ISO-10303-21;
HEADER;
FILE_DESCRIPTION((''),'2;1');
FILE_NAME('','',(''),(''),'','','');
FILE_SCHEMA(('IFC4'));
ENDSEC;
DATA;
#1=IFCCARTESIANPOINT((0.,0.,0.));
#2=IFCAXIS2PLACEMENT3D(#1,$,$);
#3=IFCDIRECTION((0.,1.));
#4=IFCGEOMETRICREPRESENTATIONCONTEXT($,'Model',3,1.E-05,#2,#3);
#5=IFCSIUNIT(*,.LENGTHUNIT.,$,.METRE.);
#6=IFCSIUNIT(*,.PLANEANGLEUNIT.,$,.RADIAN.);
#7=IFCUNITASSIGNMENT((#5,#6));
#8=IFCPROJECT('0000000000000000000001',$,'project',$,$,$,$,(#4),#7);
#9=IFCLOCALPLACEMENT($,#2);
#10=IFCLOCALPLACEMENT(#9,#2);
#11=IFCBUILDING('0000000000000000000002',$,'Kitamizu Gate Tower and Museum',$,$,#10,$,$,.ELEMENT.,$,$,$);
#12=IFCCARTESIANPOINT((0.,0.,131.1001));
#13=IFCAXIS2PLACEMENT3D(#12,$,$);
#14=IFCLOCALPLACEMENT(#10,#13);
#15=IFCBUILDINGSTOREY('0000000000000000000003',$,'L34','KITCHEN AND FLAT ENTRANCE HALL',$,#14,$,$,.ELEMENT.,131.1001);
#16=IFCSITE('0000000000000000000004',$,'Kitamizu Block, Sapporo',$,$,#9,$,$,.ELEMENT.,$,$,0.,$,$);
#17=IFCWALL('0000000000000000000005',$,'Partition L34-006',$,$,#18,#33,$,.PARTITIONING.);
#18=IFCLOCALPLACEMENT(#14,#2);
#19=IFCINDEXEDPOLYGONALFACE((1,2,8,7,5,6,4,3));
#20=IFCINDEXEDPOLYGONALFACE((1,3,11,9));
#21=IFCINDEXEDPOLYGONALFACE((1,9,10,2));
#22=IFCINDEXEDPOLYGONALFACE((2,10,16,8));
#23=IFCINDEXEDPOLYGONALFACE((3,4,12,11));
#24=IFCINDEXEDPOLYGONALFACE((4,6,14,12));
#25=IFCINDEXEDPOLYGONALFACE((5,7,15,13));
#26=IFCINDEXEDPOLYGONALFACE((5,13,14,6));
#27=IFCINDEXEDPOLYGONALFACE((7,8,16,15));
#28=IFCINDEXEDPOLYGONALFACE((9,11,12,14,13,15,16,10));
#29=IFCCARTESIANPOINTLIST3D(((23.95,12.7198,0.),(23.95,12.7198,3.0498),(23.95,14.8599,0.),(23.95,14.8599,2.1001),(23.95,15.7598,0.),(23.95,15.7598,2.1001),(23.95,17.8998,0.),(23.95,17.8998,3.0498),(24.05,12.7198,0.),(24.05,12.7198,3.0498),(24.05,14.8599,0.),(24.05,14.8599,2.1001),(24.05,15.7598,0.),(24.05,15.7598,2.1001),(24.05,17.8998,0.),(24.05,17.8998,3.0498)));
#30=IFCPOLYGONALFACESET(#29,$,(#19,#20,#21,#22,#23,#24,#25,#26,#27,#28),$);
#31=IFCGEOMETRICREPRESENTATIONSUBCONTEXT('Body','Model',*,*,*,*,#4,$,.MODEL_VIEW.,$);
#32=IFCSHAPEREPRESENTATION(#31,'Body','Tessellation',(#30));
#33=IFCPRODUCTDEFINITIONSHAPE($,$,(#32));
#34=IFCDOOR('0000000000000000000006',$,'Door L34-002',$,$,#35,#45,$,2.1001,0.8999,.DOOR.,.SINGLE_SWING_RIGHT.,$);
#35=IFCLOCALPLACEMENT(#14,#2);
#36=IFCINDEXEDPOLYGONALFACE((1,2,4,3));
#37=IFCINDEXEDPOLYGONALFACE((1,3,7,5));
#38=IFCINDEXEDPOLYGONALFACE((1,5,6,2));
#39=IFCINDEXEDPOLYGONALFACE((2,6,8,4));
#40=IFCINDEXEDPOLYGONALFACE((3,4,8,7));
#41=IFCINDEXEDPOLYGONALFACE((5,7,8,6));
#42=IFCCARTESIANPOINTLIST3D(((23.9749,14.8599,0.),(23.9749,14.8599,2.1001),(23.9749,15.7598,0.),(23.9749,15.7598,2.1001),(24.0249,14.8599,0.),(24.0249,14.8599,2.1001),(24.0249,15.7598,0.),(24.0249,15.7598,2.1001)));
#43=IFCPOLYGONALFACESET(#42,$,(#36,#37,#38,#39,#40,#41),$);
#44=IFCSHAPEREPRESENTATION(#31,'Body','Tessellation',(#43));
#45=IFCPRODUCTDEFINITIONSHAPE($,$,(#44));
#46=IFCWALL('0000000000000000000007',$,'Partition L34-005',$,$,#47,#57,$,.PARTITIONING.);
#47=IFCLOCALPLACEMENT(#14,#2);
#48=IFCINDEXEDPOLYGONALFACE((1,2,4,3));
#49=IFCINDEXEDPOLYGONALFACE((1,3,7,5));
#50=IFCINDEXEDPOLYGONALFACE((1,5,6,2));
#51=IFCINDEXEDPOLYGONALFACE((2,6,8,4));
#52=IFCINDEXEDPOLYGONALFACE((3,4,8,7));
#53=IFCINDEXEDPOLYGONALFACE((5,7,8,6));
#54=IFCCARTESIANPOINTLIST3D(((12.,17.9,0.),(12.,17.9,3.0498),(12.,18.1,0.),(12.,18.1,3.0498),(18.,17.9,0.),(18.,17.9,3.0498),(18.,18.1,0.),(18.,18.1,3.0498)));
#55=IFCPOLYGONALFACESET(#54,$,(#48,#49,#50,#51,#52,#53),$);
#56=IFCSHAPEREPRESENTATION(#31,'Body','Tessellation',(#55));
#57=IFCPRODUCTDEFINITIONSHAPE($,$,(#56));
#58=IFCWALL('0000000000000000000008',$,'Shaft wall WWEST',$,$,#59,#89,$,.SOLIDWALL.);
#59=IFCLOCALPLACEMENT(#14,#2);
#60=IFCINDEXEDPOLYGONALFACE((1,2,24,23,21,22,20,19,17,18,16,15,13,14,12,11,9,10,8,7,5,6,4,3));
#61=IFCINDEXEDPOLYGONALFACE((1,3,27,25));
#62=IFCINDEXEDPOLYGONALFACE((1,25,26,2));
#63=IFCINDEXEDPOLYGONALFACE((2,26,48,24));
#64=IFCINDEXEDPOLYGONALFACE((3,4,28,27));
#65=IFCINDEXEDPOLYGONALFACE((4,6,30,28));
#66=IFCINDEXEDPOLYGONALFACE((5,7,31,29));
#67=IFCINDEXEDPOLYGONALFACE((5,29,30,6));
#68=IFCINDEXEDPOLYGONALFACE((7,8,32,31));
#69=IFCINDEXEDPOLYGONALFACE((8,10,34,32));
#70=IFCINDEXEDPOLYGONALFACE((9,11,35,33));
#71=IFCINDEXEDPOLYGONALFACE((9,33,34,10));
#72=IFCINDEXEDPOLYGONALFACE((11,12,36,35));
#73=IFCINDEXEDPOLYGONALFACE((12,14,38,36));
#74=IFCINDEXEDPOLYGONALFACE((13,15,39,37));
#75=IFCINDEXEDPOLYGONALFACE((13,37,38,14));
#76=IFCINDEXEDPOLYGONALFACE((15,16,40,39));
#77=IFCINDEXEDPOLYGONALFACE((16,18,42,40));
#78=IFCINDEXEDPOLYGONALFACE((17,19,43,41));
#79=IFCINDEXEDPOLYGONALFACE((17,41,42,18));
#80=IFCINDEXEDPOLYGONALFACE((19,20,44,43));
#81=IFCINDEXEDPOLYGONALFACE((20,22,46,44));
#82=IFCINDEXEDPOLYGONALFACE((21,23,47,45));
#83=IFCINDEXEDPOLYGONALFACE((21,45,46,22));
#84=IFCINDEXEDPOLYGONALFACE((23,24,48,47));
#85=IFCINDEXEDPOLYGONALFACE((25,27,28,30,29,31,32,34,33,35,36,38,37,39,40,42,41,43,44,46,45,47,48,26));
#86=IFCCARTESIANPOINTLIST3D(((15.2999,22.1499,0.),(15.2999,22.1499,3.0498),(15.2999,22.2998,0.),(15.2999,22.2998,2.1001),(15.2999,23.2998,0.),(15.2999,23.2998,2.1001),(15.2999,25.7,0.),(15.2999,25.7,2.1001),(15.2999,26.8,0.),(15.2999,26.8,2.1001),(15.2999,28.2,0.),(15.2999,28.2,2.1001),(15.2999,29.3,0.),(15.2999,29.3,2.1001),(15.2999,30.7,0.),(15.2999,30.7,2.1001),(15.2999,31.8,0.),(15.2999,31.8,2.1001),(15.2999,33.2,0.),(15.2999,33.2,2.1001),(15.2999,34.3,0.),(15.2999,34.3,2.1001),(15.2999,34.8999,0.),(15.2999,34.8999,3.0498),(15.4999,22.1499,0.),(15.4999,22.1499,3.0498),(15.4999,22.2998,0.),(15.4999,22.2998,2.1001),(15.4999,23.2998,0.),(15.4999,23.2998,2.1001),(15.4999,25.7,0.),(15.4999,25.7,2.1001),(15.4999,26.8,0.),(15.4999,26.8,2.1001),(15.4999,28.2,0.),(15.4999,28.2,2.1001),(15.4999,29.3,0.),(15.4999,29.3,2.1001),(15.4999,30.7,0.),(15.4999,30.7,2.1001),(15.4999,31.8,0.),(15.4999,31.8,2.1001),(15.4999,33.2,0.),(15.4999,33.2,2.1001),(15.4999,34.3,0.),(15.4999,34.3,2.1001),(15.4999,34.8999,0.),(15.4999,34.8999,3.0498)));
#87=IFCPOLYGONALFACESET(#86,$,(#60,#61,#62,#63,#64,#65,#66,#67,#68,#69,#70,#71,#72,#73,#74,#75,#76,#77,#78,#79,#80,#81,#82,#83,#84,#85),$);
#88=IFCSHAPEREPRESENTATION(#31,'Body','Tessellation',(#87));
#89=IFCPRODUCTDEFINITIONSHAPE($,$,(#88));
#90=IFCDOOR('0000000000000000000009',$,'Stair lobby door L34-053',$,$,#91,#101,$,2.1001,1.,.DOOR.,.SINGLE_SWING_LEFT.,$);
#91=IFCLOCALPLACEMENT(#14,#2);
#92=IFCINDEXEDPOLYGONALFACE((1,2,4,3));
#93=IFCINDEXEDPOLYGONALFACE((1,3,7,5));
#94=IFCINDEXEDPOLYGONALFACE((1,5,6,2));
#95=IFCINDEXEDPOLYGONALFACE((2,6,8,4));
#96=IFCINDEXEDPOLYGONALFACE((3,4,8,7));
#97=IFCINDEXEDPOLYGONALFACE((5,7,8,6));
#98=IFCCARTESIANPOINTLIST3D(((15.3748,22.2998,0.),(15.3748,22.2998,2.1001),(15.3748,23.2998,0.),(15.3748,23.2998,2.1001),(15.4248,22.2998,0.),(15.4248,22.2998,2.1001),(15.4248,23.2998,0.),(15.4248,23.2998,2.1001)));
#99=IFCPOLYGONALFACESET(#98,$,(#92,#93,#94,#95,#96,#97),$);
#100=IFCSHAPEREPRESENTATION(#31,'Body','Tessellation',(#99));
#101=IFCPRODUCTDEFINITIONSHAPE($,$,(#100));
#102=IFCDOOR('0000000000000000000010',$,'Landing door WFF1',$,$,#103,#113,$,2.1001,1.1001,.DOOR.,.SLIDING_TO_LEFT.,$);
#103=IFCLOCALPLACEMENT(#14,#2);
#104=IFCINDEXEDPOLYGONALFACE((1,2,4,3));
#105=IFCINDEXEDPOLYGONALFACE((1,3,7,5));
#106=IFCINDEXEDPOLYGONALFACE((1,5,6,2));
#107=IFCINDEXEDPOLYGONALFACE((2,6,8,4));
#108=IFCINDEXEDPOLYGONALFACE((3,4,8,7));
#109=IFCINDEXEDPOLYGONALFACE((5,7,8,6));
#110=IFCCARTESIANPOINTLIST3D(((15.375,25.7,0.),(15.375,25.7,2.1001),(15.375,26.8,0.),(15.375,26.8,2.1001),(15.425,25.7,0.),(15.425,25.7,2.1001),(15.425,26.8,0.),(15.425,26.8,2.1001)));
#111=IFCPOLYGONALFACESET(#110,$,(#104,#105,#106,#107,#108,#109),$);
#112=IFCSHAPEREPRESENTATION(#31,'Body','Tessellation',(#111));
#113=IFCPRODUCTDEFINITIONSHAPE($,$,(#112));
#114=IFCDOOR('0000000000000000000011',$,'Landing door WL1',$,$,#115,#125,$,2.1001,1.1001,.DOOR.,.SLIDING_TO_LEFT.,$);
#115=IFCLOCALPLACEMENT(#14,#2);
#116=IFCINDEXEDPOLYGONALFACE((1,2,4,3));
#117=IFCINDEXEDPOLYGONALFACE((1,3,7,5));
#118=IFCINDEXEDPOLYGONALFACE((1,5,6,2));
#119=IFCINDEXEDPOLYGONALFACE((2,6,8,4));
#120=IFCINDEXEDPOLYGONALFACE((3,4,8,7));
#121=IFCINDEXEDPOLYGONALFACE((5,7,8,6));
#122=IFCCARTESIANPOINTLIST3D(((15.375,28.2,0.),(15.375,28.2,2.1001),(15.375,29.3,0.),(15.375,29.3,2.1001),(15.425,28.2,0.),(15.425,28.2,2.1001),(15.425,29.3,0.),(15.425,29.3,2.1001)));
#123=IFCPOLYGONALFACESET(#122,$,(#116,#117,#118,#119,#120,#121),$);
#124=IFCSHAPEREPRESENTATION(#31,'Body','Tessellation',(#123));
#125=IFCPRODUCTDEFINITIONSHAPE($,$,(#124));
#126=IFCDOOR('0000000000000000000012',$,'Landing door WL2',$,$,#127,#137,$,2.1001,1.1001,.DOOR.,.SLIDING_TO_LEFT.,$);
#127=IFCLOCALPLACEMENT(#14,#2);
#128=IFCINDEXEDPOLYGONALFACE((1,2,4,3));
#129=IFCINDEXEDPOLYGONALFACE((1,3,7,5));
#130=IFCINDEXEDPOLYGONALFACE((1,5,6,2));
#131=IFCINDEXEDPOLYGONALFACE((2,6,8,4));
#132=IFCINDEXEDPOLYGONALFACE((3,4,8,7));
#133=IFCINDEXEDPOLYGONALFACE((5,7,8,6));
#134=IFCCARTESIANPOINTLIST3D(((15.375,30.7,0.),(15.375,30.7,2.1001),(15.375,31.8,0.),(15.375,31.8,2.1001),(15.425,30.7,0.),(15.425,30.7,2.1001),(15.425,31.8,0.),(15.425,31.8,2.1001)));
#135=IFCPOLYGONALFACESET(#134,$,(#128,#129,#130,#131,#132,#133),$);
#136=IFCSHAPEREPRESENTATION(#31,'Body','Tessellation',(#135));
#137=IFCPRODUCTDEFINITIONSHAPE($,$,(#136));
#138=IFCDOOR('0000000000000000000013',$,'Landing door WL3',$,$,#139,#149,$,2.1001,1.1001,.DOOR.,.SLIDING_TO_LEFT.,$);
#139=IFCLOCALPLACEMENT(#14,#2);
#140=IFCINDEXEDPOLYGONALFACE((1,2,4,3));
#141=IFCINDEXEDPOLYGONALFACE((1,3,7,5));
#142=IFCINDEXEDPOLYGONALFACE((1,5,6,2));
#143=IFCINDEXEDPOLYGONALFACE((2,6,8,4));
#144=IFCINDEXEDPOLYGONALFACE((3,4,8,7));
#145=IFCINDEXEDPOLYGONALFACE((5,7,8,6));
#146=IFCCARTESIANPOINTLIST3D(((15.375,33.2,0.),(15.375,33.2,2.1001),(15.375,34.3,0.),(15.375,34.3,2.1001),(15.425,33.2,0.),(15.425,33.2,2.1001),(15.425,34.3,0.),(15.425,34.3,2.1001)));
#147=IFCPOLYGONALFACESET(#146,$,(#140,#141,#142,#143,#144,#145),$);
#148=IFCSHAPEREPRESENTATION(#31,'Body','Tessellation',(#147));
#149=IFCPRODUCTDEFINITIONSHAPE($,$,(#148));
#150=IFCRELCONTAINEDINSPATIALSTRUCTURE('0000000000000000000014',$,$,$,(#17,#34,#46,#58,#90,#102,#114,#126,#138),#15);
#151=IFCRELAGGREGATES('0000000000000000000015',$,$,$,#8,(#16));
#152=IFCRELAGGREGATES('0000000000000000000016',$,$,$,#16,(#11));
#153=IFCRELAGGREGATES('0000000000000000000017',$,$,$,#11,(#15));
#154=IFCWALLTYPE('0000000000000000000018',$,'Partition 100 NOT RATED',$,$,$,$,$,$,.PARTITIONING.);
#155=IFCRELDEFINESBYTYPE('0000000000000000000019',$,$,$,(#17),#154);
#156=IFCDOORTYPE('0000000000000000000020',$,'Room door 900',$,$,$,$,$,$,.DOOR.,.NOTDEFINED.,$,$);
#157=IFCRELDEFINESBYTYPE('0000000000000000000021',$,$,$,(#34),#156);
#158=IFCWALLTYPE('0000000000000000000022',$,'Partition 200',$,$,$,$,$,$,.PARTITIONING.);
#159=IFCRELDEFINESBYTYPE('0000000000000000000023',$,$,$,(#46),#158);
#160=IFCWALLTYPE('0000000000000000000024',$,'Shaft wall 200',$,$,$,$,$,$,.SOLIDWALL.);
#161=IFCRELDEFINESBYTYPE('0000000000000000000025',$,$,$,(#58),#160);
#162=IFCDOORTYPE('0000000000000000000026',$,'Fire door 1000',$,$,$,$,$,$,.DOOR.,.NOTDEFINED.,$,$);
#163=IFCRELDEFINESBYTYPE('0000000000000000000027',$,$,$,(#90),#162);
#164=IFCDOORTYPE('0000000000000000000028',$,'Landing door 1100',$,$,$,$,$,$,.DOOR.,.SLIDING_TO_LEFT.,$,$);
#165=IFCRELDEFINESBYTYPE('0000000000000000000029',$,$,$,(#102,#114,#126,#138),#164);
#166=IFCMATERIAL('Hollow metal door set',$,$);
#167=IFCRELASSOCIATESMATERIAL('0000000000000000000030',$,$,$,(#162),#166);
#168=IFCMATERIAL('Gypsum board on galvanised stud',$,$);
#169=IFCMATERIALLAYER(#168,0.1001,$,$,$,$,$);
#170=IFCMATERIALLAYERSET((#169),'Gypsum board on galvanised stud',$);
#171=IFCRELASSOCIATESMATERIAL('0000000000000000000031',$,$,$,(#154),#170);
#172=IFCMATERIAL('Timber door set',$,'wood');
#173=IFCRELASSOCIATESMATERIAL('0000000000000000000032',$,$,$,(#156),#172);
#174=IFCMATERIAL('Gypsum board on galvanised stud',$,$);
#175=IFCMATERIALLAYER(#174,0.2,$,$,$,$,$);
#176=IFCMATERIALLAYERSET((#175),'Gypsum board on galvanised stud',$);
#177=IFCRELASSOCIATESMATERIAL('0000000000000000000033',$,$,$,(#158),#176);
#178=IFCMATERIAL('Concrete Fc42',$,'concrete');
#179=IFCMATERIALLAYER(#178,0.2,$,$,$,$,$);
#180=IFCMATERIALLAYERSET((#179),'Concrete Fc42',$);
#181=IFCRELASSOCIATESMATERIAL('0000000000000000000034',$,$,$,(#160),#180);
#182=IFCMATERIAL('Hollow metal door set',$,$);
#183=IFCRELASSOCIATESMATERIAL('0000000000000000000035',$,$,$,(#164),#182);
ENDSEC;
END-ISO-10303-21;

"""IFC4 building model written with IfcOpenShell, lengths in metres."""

from ifc_helpers import new_model, si_unit, direction, frame, frame_2d, origin, place, context, subcontext, project, spatial, rectangle, extrude, material, layer, layer_set, type_object, element, fill, save


model = new_model("IFC4")

# Units and contexts
model_context = context("Model", 3, precision=1e-05, world=origin(), true_north=direction((0.0, 1.0)))
body_context = subcontext(model_context, "Body", "Model", "MODEL_VIEW")
ifc_project = project(units=[si_unit("LENGTHUNIT", "METRE"), si_unit("PLANEANGLEUNIT", "RADIAN")], contexts=[model_context])

# Site, building, storey
site_placement = place(None, origin())
site = spatial("IfcSite", under=ifc_project, at=site_placement, Name="Kitamizu Block, Sapporo", CompositionType="ELEMENT", RefElevation=0.0)
building_placement = place(site_placement, origin())
building = spatial("IfcBuilding", under=site, at=building_placement, Name="Kitamizu Gate Tower and Museum", CompositionType="ELEMENT")
storey_placement = place(building_placement, frame((0.0, 0.0, 131.1001)))
storey = spatial("IfcBuildingStorey", under=building, at=storey_placement, Name="L34", Description="KITCHEN AND FLAT ENTRANCE HALL", CompositionType="ELEMENT", Elevation=131.1001)

# Shared definitions
ifc_material_1 = material(Name="Hollow metal door set")
door_type_1 = type_object("IfcDoorType", Name="Fire door 1000", OperationType="NOTDEFINED", PredefinedType="DOOR", material=ifc_material_1)

# Wall, opening, door
ifc_material_2 = material(Name="Gypsum board on galvanised stud")
ifc_layer_1 = layer(ifc_material_2, 0.1001)
ifc_layer_set_1 = layer_set([ifc_layer_1], Name="Gypsum board on galvanised stud")
wall_type_1 = type_object("IfcWallType", Name="Partition 100 NOT RATED", PredefinedType="PARTITIONING", material=ifc_layer_set_1)
ifc_material_3 = material(Name="Timber door set", Category="wood")
door_type_2 = type_object("IfcDoorType", Name="Room door 900", OperationType="NOTDEFINED", PredefinedType="DOOR", material=ifc_material_3)
wall_1_placement = place(storey_placement, frame((24.0, 12.72, 0.0), z_axis=(0.0, 0.0, 1.0), x_axis=(0.0, 1.0, 0.0)))
wall_1 = element("IfcWall", 1, at=wall_1_placement, inside=storey, type_object=wall_type_1, Name="Partition L34-006", PredefinedType="PARTITIONING", context=body_context, shape_type="SweptSolid", body=[
    extrude(rectangle(XDim=5.1799, YDim=0.1001, at=frame_2d((2.5898, 0.0))), origin(), (0.0, 0.0, 1.0), 3.0498),
])
opening_1_placement = place(wall_1_placement, frame((2.1399, 0.0, 0.0)))
opening_1 = element("IfcOpeningElement", 2, at=opening_1_placement, cuts=wall_1, PredefinedType="OPENING", context=body_context, shape_type="SweptSolid", body=[
    extrude(rectangle(XDim=0.8999, YDim=2.1001, at=frame_2d((0.45, 1.05))), frame((0.0, 0.0601, 0.0), z_axis=(0.0, -1.0, 0.0), x_axis=(1.0, 0.0, 0.0)), (0.0, 0.0, 1.0), 0.1201),
])
door_1_placement = place(opening_1_placement, frame((0.8999, 0.0, 0.0), x_axis=(-1.0, 0.0, 0.0)))
door_1 = element("IfcDoor", 3, at=door_1_placement, inside=storey, type_object=door_type_2, Name="Door L34-002", OperationType="SINGLE_SWING_RIGHT", OverallHeight=2.1001, OverallWidth=0.8999, PredefinedType="DOOR", context=body_context, shape_type="SweptSolid", body=[
    extrude(rectangle(XDim=0.8999, YDim=2.1001, at=frame_2d((0.45, 1.05))), frame((0.0, 0.0249, 0.0), z_axis=(0.0, -1.0, 0.0), x_axis=(1.0, 0.0, 0.0)), (0.0, 0.0, 1.0), 0.05),
])
fill(opening_1, door_1)

# Wall
ifc_material_4 = material(Name="Gypsum board on galvanised stud")
ifc_layer_2 = layer(ifc_material_4, 0.2)
ifc_layer_set_2 = layer_set([ifc_layer_2], Name="Gypsum board on galvanised stud")
wall_type_2 = type_object("IfcWallType", Name="Partition 200", PredefinedType="PARTITIONING", material=ifc_layer_set_2)
wall_2_placement = place(storey_placement, frame((18.0, 18.0, 0.0), z_axis=(0.0, 0.0, 1.0), x_axis=(-1.0, 0.0, 0.0)))
element("IfcWall", 4, at=wall_2_placement, inside=storey, type_object=wall_type_2, Name="Partition L34-005", PredefinedType="PARTITIONING", context=body_context, shape_type="SweptSolid", body=[
    extrude(rectangle(XDim=6.0, YDim=0.2, at=frame_2d((3.0, 0.0))), origin(), (0.0, 0.0, 1.0), 3.0498),
])

# Wall, openings, doors
ifc_material_5 = material(Name="Concrete Fc42", Category="concrete")
ifc_layer_3 = layer(ifc_material_5, 0.2)
ifc_layer_set_3 = layer_set([ifc_layer_3], Name="Concrete Fc42")
wall_type_3 = type_object("IfcWallType", Name="Shaft wall 200", PredefinedType="SOLIDWALL", material=ifc_layer_set_3)
wall_3_placement = place(storey_placement, frame((15.3999, 22.1499, 0.0), z_axis=(0.0, 0.0, 1.0), x_axis=(0.0, 1.0, 0.0)))
wall_3 = element("IfcWall", 5, at=wall_3_placement, inside=storey, type_object=wall_type_3, Name="Shaft wall WWEST", PredefinedType="SOLIDWALL", context=body_context, shape_type="SweptSolid", body=[
    extrude(rectangle(XDim=12.75, YDim=0.2, at=frame_2d((6.375, 0.0))), origin(), (0.0, 0.0, 1.0), 3.0498),
])
opening_2_placement = place(wall_3_placement, frame((3.55, 0.0, 0.0)))
opening_2 = element("IfcOpeningElement", 6, at=opening_2_placement, cuts=wall_3, PredefinedType="OPENING", context=body_context, shape_type="SweptSolid", body=[
    extrude(rectangle(XDim=1.1001, YDim=2.1001, at=frame_2d((0.55, 1.05))), frame((0.0, 0.1099, 0.0), z_axis=(0.0, -1.0, 0.0), x_axis=(1.0, 0.0, 0.0)), (0.0, 0.0, 1.0), 0.22),
])
opening_3_placement = place(wall_3_placement, frame((6.05, 0.0, 0.0)))
opening_3 = element("IfcOpeningElement", 7, at=opening_3_placement, cuts=wall_3, PredefinedType="OPENING", context=body_context, shape_type="SweptSolid", body=[
    extrude(rectangle(XDim=1.1001, YDim=2.1001, at=frame_2d((0.55, 1.05))), frame((0.0, 0.1099, 0.0), z_axis=(0.0, -1.0, 0.0), x_axis=(1.0, 0.0, 0.0)), (0.0, 0.0, 1.0), 0.22),
])
opening_4_placement = place(wall_3_placement, frame((8.55, 0.0, 0.0)))
opening_4 = element("IfcOpeningElement", 8, at=opening_4_placement, cuts=wall_3, PredefinedType="OPENING", context=body_context, shape_type="SweptSolid", body=[
    extrude(rectangle(XDim=1.1001, YDim=2.1001, at=frame_2d((0.55, 1.05))), frame((0.0, 0.1099, 0.0), z_axis=(0.0, -1.0, 0.0), x_axis=(1.0, 0.0, 0.0)), (0.0, 0.0, 1.0), 0.22),
])
opening_5_placement = place(wall_3_placement, frame((11.05, 0.0, 0.0)))
opening_5 = element("IfcOpeningElement", 9, at=opening_5_placement, cuts=wall_3, PredefinedType="OPENING", context=body_context, shape_type="SweptSolid", body=[
    extrude(rectangle(XDim=1.1001, YDim=2.1001, at=frame_2d((0.55, 1.05))), frame((0.0, 0.1099, 0.0), z_axis=(0.0, -1.0, 0.0), x_axis=(1.0, 0.0, 0.0)), (0.0, 0.0, 1.0), 0.22),
])
opening_6_placement = place(wall_3_placement, frame((0.1499, 0.0, 0.0)))
opening_6 = element("IfcOpeningElement", 10, at=opening_6_placement, cuts=wall_3, PredefinedType="OPENING", context=body_context, shape_type="SweptSolid", body=[
    extrude(rectangle(XDim=1.0, YDim=2.1001, at=frame_2d((0.5, 1.05))), frame((0.0, 0.1099, 0.0), z_axis=(0.0, -1.0, 0.0), x_axis=(1.0, 0.0, 0.0)), (0.0, 0.0, 1.0), 0.22),
])
door_2_placement = place(opening_6_placement, frame((1.0, 0.0, 0.0), x_axis=(-1.0, 0.0, 0.0)))
door_2 = element("IfcDoor", 11, at=door_2_placement, inside=storey, type_object=door_type_1, Name="Stair lobby door L34-053", OperationType="SINGLE_SWING_LEFT", OverallHeight=2.1001, OverallWidth=1.0, PredefinedType="DOOR", context=body_context, shape_type="SweptSolid", body=[
    extrude(rectangle(XDim=1.0, YDim=2.1001, at=frame_2d((0.5, 1.05))), frame((0.0, 0.0249, 0.0), z_axis=(0.0, -1.0, 0.0), x_axis=(1.0, 0.0, 0.0)), (0.0, 0.0, 1.0), 0.05),
])
fill(opening_6, door_2)
ifc_material_6 = material(Name="Hollow metal door set")
door_type_3 = type_object("IfcDoorType", Name="Landing door 1100", OperationType="SLIDING_TO_LEFT", PredefinedType="DOOR", material=ifc_material_6)
door_3_placement = place(opening_2_placement, origin())
door_3 = element("IfcDoor", 12, at=door_3_placement, inside=storey, type_object=door_type_3, Name="Landing door WFF1", OperationType="SLIDING_TO_LEFT", OverallHeight=2.1001, OverallWidth=1.1001, PredefinedType="DOOR", context=body_context, shape_type="SweptSolid", body=[
    extrude(rectangle(XDim=1.1001, YDim=2.1001, at=frame_2d((0.55, 1.05))), frame((0.0, 0.0249, 0.0), z_axis=(0.0, -1.0, 0.0), x_axis=(1.0, 0.0, 0.0)), (0.0, 0.0, 1.0), 0.05),
])
fill(opening_2, door_3)
door_4_placement = place(opening_3_placement, origin())
door_4 = element("IfcDoor", 13, at=door_4_placement, inside=storey, type_object=door_type_3, Name="Landing door WL1", OperationType="SLIDING_TO_LEFT", OverallHeight=2.1001, OverallWidth=1.1001, PredefinedType="DOOR", context=body_context, shape_type="SweptSolid", body=[
    extrude(rectangle(XDim=1.1001, YDim=2.1001, at=frame_2d((0.55, 1.05))), frame((0.0, 0.0249, 0.0), z_axis=(0.0, -1.0, 0.0), x_axis=(1.0, 0.0, 0.0)), (0.0, 0.0, 1.0), 0.05),
])
fill(opening_3, door_4)
door_5_placement = place(opening_4_placement, origin())
door_5 = element("IfcDoor", 14, at=door_5_placement, inside=storey, type_object=door_type_3, Name="Landing door WL2", OperationType="SLIDING_TO_LEFT", OverallHeight=2.1001, OverallWidth=1.1001, PredefinedType="DOOR", context=body_context, shape_type="SweptSolid", body=[
    extrude(rectangle(XDim=1.1001, YDim=2.1001, at=frame_2d((0.55, 1.05))), frame((0.0, 0.0249, 0.0), z_axis=(0.0, -1.0, 0.0), x_axis=(1.0, 0.0, 0.0)), (0.0, 0.0, 1.0), 0.05),
])
fill(opening_4, door_5)
door_6_placement = place(opening_5_placement, origin())
door_6 = element("IfcDoor", 15, at=door_6_placement, inside=storey, type_object=door_type_3, Name="Landing door WL3", OperationType="SLIDING_TO_LEFT", OverallHeight=2.1001, OverallWidth=1.1001, PredefinedType="DOOR", context=body_context, shape_type="SweptSolid", body=[
    extrude(rectangle(XDim=1.1001, YDim=2.1001, at=frame_2d((0.55, 1.05))), frame((0.0, 0.0249, 0.0), z_axis=(0.0, -1.0, 0.0), x_axis=(1.0, 0.0, 0.0)), (0.0, 0.0, 1.0), 0.05),
])
fill(opening_5, door_6)

save(model, "model.ifc")
